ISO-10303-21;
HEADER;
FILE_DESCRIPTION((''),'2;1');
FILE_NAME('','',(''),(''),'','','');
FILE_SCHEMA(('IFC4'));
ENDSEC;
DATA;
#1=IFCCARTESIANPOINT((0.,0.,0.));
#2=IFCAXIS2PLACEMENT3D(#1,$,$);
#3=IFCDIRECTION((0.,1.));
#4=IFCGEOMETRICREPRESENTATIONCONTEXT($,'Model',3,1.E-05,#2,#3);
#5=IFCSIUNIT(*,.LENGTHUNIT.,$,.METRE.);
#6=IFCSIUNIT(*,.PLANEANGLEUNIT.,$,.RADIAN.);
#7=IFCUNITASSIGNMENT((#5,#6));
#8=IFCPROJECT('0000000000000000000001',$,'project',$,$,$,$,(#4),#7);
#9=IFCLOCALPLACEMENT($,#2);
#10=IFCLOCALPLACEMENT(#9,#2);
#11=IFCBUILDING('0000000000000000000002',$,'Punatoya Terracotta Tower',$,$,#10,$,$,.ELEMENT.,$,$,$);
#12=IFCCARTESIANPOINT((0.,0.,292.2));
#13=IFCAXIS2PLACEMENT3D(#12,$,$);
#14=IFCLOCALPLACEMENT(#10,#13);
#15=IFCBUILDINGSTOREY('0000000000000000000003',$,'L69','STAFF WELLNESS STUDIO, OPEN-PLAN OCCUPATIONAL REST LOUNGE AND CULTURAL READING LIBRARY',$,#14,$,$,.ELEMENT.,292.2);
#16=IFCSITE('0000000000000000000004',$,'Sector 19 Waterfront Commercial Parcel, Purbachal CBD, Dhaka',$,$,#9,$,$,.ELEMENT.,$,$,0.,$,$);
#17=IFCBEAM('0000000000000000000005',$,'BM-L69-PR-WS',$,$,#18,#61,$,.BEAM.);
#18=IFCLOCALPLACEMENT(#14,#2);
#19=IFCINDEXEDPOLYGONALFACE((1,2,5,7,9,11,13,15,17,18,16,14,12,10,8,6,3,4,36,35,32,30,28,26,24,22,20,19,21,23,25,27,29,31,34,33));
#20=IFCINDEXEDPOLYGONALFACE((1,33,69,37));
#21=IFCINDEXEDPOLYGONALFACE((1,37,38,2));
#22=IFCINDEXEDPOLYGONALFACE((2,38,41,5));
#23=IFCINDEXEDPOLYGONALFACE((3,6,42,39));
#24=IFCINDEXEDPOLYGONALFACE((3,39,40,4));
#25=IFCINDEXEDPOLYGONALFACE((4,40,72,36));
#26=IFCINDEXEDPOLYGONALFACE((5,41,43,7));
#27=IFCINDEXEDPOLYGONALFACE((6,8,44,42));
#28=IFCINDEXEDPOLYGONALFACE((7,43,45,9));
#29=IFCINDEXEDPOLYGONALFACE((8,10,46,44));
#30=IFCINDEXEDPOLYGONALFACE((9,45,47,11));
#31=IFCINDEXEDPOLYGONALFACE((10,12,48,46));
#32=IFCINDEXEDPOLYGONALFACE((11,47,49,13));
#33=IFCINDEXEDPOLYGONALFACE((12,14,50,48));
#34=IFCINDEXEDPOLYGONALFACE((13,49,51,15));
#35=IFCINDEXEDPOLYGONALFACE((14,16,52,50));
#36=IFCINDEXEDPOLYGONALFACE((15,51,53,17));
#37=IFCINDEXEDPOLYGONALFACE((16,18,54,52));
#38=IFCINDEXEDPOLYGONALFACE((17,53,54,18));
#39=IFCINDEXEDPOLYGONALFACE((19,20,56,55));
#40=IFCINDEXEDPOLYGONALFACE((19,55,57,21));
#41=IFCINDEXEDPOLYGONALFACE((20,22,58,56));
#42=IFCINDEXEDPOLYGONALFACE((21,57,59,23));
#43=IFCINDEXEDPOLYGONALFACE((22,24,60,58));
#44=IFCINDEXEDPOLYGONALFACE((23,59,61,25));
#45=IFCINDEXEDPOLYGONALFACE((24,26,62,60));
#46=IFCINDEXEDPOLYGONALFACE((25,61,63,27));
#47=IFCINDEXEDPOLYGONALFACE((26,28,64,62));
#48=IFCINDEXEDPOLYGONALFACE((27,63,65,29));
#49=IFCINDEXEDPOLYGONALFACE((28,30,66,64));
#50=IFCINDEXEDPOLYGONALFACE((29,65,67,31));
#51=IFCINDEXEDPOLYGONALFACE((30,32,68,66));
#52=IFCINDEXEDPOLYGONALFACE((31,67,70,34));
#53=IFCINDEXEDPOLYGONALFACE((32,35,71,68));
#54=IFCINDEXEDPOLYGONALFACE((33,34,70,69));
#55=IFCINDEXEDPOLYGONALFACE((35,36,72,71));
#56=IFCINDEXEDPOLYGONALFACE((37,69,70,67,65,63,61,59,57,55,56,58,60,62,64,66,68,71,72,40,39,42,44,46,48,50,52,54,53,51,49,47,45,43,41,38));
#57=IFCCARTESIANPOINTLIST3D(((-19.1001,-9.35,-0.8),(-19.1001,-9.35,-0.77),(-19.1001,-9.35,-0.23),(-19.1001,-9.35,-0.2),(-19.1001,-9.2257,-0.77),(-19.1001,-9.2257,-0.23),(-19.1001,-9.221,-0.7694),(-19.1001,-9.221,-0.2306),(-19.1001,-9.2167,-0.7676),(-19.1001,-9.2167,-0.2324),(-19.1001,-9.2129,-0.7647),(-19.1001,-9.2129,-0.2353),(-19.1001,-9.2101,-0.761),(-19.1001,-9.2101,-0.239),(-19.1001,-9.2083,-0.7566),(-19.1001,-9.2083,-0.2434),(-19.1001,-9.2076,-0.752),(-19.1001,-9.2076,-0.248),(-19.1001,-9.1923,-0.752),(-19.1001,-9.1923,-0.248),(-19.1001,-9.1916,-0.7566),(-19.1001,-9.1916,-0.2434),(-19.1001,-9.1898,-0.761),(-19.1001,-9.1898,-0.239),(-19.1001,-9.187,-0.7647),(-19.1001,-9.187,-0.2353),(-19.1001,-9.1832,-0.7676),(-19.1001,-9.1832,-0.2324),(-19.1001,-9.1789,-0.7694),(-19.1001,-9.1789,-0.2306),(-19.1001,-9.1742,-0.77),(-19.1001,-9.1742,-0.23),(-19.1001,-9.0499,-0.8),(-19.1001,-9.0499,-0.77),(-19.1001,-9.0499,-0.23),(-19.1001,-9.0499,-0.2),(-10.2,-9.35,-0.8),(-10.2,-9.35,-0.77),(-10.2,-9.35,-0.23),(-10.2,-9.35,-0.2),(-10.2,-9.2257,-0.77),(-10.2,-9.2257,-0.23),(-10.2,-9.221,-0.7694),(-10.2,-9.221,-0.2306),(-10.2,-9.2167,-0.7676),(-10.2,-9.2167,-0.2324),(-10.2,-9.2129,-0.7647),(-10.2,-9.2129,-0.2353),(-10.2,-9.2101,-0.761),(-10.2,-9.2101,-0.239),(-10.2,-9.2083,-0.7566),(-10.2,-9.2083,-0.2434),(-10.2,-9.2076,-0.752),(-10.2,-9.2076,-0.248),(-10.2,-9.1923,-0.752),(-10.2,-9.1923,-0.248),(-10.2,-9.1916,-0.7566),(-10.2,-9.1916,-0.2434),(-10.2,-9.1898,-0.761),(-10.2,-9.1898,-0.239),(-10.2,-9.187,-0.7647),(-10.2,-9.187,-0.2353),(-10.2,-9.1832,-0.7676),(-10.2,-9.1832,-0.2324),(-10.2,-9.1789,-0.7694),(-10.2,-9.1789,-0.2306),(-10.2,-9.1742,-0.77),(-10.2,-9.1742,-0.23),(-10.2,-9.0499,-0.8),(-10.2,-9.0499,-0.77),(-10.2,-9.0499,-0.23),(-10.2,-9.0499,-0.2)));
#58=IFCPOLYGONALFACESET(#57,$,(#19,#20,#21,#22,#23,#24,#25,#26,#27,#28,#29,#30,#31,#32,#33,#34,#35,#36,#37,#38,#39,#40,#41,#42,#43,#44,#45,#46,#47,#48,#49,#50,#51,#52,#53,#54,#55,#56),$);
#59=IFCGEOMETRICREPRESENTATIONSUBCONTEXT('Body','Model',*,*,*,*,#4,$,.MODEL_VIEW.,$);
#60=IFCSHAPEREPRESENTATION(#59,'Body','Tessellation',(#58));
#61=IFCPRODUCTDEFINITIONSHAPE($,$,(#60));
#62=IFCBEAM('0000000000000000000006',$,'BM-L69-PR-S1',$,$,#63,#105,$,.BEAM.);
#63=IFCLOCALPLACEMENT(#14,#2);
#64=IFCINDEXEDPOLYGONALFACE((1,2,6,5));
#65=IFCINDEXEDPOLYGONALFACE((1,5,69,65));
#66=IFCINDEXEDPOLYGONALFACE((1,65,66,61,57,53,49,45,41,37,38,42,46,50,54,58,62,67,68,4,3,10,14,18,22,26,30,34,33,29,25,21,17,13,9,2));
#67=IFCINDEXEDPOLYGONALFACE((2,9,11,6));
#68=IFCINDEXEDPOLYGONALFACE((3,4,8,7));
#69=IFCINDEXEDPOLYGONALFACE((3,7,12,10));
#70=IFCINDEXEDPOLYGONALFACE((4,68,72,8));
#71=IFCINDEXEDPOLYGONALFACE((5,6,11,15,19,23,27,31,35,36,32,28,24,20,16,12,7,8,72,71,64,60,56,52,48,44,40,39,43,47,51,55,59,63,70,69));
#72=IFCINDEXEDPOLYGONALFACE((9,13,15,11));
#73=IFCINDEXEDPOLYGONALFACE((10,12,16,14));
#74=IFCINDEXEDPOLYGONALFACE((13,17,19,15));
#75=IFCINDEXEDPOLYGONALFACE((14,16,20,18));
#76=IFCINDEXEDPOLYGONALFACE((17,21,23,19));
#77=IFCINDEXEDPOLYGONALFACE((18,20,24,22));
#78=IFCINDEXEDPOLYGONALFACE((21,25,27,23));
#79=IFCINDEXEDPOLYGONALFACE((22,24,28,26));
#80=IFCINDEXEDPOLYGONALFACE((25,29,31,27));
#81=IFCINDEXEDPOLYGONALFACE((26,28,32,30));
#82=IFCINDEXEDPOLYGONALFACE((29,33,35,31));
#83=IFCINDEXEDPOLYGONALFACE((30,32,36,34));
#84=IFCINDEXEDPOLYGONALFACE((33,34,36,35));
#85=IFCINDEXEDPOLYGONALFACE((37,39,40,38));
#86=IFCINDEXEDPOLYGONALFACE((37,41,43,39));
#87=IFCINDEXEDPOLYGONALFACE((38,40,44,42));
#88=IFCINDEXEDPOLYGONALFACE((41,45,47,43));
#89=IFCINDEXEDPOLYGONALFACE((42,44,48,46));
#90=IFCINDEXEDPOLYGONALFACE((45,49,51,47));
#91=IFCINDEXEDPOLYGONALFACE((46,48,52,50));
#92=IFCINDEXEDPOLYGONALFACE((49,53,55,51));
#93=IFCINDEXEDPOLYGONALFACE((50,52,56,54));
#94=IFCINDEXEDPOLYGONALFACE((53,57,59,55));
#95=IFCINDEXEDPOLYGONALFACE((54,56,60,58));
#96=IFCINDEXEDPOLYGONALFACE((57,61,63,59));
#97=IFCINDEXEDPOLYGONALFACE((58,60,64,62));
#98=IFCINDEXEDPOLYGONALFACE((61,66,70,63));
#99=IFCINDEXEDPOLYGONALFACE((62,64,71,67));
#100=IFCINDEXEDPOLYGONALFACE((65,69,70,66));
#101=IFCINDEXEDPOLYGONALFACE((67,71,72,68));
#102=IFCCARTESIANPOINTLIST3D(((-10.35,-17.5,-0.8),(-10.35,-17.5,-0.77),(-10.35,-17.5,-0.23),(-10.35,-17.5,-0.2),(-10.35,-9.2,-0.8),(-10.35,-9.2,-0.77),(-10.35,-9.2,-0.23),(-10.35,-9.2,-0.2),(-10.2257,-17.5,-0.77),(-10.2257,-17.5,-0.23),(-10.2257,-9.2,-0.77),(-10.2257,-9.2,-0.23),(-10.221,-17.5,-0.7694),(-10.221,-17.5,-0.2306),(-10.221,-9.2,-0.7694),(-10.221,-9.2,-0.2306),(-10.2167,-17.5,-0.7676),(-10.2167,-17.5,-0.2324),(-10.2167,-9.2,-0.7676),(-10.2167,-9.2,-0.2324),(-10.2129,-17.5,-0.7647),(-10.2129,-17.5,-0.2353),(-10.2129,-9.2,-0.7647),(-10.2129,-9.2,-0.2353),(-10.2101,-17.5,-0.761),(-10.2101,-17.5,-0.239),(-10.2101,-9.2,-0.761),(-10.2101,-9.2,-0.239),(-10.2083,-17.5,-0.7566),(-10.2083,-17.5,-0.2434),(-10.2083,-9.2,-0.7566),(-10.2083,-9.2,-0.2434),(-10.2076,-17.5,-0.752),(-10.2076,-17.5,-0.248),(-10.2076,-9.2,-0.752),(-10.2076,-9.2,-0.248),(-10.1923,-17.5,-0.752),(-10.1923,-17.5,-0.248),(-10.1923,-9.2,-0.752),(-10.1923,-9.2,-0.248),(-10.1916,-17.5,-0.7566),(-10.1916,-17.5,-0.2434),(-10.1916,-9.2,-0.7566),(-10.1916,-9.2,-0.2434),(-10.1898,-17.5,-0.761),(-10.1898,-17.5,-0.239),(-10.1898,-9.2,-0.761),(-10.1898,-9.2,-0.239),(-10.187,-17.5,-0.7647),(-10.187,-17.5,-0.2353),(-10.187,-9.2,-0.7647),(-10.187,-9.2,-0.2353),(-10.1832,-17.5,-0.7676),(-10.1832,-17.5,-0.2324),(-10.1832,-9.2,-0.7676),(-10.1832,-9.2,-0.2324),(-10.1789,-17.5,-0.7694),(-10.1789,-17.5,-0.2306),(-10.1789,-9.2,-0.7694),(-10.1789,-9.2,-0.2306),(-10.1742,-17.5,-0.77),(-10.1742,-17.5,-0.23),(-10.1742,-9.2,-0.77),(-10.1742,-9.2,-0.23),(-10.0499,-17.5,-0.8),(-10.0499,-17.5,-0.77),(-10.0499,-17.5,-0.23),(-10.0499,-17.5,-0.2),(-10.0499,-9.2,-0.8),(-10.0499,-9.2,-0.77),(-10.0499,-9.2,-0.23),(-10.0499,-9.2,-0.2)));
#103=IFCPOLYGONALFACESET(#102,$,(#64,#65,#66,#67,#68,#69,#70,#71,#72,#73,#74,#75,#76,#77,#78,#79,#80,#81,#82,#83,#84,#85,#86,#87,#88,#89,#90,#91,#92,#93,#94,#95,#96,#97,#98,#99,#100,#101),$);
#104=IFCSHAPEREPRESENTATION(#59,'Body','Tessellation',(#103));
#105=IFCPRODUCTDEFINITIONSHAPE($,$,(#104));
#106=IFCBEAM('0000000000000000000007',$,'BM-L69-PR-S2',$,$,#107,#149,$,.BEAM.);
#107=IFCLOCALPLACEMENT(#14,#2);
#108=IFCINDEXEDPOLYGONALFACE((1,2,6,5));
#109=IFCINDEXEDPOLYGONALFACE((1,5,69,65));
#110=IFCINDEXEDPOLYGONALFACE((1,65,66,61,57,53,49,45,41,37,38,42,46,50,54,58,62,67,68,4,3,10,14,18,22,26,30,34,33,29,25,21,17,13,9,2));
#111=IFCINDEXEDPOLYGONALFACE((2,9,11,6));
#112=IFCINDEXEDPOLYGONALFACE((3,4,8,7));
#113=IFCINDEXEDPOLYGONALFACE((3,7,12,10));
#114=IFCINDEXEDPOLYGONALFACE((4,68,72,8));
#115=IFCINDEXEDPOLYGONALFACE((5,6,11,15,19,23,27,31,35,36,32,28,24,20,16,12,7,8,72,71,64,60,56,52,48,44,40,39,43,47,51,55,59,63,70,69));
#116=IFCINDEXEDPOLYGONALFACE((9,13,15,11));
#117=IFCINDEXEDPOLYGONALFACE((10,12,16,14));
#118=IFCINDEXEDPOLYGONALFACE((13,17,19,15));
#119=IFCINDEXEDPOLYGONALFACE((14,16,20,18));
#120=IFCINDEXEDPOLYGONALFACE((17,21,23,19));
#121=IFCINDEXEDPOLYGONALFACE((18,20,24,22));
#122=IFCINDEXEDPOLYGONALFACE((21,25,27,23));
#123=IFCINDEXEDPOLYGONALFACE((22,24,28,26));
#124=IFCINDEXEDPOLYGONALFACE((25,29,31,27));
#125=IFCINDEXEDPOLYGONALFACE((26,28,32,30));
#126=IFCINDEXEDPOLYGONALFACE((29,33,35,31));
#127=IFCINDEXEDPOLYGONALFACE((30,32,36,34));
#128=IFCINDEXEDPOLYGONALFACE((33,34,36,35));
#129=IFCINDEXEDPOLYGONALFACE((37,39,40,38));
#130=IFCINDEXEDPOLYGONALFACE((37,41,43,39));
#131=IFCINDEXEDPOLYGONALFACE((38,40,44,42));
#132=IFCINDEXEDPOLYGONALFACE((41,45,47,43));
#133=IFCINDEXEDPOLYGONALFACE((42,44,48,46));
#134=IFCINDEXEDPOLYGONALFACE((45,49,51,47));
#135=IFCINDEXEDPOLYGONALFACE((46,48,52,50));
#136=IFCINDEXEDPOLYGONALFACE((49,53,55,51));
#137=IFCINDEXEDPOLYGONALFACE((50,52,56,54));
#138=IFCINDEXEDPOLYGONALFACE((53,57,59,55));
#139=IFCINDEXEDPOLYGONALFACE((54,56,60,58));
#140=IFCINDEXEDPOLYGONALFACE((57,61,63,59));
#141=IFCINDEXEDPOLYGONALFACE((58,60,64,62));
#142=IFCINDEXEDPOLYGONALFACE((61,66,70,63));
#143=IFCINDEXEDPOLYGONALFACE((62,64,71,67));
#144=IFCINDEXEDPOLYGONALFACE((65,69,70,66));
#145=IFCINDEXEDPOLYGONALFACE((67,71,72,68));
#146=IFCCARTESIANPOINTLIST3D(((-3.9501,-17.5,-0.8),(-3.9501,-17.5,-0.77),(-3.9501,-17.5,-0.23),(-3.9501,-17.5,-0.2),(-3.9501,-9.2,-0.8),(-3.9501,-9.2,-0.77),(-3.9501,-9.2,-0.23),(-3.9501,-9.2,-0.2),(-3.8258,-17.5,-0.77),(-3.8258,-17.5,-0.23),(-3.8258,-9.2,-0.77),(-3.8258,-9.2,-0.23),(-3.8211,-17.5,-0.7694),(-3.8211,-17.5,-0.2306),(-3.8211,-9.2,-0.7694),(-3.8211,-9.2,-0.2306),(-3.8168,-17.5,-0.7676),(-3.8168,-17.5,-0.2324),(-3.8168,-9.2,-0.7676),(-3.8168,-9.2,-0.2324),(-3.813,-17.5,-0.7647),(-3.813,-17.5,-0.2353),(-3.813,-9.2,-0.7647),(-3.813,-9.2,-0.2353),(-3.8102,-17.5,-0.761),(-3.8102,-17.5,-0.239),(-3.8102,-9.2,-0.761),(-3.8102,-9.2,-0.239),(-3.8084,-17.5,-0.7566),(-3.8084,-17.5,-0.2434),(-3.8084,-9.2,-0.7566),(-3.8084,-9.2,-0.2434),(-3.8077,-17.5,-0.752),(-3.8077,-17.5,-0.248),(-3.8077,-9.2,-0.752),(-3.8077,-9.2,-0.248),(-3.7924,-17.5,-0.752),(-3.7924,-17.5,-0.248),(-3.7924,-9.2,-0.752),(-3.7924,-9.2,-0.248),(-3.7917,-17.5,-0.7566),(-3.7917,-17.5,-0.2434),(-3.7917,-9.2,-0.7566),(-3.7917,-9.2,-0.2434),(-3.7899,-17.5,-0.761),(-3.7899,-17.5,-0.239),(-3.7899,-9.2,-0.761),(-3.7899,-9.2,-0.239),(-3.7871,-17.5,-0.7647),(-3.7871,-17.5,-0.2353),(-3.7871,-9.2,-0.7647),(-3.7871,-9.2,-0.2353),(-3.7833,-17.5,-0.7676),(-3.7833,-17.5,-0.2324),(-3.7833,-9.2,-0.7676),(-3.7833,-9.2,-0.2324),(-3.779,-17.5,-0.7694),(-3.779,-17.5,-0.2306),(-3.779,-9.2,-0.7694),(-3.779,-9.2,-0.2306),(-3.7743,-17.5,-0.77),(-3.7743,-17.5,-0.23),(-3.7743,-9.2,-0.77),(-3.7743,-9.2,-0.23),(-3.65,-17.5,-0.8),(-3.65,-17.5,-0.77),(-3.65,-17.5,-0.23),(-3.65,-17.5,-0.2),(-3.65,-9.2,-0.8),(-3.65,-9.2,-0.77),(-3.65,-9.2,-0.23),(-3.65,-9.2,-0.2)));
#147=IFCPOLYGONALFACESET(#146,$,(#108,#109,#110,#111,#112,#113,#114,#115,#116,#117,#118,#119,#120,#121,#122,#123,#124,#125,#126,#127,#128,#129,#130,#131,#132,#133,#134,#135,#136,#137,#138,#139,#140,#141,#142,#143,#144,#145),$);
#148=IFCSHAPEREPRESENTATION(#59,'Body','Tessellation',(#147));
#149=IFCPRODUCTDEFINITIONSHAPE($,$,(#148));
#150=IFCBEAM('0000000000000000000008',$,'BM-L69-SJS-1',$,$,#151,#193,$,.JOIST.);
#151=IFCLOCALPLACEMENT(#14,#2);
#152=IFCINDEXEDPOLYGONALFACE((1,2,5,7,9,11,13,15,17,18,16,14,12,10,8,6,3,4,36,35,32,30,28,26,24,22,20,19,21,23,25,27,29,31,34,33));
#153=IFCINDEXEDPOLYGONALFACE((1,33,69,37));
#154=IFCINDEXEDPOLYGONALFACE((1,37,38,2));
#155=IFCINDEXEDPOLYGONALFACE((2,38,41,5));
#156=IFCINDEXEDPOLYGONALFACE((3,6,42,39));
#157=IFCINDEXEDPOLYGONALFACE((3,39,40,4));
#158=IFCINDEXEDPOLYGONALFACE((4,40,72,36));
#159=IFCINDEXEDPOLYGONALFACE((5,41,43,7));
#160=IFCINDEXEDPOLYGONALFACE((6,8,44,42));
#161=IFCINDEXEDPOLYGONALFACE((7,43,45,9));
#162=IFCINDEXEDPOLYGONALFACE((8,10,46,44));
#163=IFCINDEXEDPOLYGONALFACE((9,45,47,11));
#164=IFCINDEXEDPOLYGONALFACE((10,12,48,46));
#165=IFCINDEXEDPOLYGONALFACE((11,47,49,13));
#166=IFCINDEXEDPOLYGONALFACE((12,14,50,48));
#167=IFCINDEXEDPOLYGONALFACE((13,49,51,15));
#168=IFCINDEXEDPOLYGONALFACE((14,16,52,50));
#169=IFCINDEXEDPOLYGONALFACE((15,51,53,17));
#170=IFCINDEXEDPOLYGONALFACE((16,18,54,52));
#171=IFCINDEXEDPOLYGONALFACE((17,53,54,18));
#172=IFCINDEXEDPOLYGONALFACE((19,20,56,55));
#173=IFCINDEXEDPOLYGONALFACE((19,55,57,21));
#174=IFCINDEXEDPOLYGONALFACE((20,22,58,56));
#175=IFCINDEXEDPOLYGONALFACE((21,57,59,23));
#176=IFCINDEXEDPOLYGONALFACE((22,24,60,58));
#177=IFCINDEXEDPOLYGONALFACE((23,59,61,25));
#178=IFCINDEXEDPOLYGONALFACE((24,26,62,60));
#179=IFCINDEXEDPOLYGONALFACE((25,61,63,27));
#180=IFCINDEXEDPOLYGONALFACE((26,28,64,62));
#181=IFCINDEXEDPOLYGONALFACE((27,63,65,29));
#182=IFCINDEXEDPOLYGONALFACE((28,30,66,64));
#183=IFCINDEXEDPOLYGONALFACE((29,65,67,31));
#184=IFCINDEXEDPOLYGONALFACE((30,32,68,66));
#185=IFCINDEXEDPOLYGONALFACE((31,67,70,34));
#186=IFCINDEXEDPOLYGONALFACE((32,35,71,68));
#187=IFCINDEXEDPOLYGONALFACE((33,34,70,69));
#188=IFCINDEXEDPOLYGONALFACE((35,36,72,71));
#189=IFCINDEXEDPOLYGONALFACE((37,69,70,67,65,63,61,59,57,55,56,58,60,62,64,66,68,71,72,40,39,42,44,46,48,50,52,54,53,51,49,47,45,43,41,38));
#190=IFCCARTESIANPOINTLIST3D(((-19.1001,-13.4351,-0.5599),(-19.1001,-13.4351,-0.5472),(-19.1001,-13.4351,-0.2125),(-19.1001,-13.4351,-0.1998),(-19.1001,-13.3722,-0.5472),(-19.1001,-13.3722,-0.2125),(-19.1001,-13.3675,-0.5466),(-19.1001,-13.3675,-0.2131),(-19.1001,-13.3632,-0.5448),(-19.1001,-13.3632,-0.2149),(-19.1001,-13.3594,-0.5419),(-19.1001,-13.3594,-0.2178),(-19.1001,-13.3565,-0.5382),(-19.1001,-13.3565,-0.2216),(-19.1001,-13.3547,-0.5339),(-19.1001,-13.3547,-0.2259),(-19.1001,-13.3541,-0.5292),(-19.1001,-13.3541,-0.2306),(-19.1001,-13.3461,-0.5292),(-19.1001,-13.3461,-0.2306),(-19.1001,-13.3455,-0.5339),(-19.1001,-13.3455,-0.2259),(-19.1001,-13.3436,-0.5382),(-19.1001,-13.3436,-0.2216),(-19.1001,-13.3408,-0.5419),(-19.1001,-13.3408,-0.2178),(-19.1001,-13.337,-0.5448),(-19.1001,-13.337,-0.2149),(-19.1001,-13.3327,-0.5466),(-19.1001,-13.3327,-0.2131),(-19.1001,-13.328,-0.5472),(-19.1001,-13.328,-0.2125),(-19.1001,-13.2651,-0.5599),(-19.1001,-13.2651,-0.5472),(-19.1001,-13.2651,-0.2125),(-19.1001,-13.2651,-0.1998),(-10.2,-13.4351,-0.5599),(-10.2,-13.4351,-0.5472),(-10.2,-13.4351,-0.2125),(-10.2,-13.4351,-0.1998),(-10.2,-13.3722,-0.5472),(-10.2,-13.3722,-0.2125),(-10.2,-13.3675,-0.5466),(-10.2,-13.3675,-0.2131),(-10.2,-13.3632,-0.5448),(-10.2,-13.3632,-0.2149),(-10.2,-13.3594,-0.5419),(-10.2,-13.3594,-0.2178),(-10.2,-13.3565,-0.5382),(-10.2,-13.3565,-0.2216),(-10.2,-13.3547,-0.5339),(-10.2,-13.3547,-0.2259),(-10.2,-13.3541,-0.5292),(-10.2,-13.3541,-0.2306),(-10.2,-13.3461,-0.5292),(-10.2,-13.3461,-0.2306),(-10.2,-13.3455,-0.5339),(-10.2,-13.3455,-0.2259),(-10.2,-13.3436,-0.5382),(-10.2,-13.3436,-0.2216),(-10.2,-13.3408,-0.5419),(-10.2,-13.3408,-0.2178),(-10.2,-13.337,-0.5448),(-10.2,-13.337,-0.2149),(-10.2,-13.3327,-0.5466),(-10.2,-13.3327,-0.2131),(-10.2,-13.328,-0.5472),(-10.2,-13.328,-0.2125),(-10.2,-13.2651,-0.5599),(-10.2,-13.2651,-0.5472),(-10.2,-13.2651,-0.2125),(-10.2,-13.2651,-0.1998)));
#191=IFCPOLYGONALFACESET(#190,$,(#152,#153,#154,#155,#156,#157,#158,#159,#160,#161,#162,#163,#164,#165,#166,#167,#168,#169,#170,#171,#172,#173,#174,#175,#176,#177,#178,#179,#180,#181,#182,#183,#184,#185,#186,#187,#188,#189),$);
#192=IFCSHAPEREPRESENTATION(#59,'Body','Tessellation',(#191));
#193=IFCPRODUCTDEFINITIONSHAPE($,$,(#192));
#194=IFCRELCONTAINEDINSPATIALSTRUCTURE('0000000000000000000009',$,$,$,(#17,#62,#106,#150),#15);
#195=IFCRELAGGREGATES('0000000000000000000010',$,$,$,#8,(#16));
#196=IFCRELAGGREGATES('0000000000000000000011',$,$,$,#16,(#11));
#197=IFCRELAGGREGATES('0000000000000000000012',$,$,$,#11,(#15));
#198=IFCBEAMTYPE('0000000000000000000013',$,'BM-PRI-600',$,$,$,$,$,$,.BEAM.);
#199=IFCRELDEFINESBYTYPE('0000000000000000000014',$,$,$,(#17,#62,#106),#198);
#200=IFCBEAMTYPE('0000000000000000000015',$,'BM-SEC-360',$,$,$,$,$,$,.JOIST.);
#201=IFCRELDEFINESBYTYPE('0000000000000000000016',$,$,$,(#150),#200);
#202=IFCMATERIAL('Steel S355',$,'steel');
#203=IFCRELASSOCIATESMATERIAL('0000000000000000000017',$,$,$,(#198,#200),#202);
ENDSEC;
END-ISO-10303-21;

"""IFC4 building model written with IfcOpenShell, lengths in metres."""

from ifc_helpers import new_model, si_unit, direction, frame, origin, origin_2d, place, context, subcontext, project, spatial, i_section, extrude, material, material_profile, profile_set, type_object, element, save


model = new_model("IFC4")

# Units and contexts
model_context = context("Model", 3, precision=1e-05, world=origin(), true_north=direction((0.0, 1.0)))
body_context = subcontext(model_context, "Body", "Model", "MODEL_VIEW")
ifc_project = project(units=[si_unit("LENGTHUNIT", "METRE"), si_unit("PLANEANGLEUNIT", "RADIAN")], contexts=[model_context])

# Site, building, storey
site_placement = place(None, origin())
site = spatial("IfcSite", under=ifc_project, at=site_placement, Name="Sector 19 Waterfront Commercial Parcel, Purbachal CBD, Dhaka", CompositionType="ELEMENT", RefElevation=0.0)
building_placement = place(site_placement, origin())
building = spatial("IfcBuilding", under=site, at=building_placement, Name="Punatoya Terracotta Tower", CompositionType="ELEMENT")
storey_placement = place(building_placement, frame((0.0, 0.0, 292.2)))
storey = spatial("IfcBuildingStorey", under=building, at=storey_placement, Name="L69", Description="STAFF WELLNESS STUDIO, OPEN-PLAN OCCUPATIONAL REST LOUNGE AND CULTURAL READING LIBRARY", CompositionType="ELEMENT", Elevation=292.2)

# Beams
ifc_material_1 = material(Name="Steel S355", Category="steel")
ifc_material_profile_1 = material_profile(ifc_material_1, i_section(OverallWidth=0.3, OverallDepth=0.6001, WebThickness=0.0154, FlangeThickness=0.03, FilletRadius=0.0181, at=origin_2d()))
ifc_profile_set_1 = profile_set([ifc_material_profile_1], Name="Steel S355")
beam_type_1 = type_object("IfcBeamType", Name="BM-PRI-600", PredefinedType="BEAM", material=ifc_profile_set_1)
beam_1_placement = place(storey_placement, frame((-19.1001, -9.2, -0.5), z_axis=(1.0, 0.0, 0.0), x_axis=(0.0, 1.0, 0.0)))
element("IfcBeam", 1, at=beam_1_placement, inside=storey, type_object=beam_type_1, Name="BM-L69-PR-WS", PredefinedType="BEAM", context=body_context, shape_type="SweptSolid", body=[
    extrude(i_section(OverallWidth=0.3, OverallDepth=0.6001, WebThickness=0.0154, FlangeThickness=0.03, FilletRadius=0.0181, at=origin_2d()), origin(), (0.0, 0.0, 1.0), 8.9001),
])
for number, where, z_axis, x_axis, name in (
    (2, (-10.2, -17.5, -0.5), (0.0, 1.0, 0.0), (-1.0, 0.0, 0.0), "BM-L69-PR-S1"),
    (3, (-3.8, -17.5, -0.5), (0.0, 1.0, 0.0), (-1.0, 0.0, 0.0), "BM-L69-PR-S2"),
):
    element("IfcBeam", number, at=place(storey_placement, frame(where, z_axis=z_axis, x_axis=x_axis)), inside=storey, type_object=beam_type_1, Name=name, PredefinedType="BEAM", context=body_context, shape_type="SweptSolid", body=[
        extrude(i_section(OverallWidth=0.3, OverallDepth=0.6001, WebThickness=0.0154, FlangeThickness=0.03, FilletRadius=0.0181, at=origin_2d()), origin(), (0.0, 0.0, 1.0), 8.3),
    ])
ifc_material_profile_2 = material_profile(ifc_material_1, i_section(OverallWidth=0.1699, OverallDepth=0.3601, WebThickness=0.0081, FlangeThickness=0.0127, FilletRadius=0.0181, at=origin_2d()))
ifc_profile_set_2 = profile_set([ifc_material_profile_2], Name="Steel S355")
beam_type_2 = type_object("IfcBeamType", Name="BM-SEC-360", PredefinedType="JOIST", material=ifc_profile_set_2)
beam_2_placement = place(storey_placement, frame((-19.1001, -13.3501, -0.3799), z_axis=(1.0, 0.0, 0.0), x_axis=(0.0, 1.0, 0.0)))
element("IfcBeam", 4, at=beam_2_placement, inside=storey, type_object=beam_type_2, Name="BM-L69-SJS-1", PredefinedType="JOIST", context=body_context, shape_type="SweptSolid", body=[
    extrude(i_section(OverallWidth=0.1699, OverallDepth=0.3601, WebThickness=0.0081, FlangeThickness=0.0127, FilletRadius=0.0181, at=origin_2d()), origin(), (0.0, 0.0, 1.0), 8.9001),
])

save(model, "model.ifc")
